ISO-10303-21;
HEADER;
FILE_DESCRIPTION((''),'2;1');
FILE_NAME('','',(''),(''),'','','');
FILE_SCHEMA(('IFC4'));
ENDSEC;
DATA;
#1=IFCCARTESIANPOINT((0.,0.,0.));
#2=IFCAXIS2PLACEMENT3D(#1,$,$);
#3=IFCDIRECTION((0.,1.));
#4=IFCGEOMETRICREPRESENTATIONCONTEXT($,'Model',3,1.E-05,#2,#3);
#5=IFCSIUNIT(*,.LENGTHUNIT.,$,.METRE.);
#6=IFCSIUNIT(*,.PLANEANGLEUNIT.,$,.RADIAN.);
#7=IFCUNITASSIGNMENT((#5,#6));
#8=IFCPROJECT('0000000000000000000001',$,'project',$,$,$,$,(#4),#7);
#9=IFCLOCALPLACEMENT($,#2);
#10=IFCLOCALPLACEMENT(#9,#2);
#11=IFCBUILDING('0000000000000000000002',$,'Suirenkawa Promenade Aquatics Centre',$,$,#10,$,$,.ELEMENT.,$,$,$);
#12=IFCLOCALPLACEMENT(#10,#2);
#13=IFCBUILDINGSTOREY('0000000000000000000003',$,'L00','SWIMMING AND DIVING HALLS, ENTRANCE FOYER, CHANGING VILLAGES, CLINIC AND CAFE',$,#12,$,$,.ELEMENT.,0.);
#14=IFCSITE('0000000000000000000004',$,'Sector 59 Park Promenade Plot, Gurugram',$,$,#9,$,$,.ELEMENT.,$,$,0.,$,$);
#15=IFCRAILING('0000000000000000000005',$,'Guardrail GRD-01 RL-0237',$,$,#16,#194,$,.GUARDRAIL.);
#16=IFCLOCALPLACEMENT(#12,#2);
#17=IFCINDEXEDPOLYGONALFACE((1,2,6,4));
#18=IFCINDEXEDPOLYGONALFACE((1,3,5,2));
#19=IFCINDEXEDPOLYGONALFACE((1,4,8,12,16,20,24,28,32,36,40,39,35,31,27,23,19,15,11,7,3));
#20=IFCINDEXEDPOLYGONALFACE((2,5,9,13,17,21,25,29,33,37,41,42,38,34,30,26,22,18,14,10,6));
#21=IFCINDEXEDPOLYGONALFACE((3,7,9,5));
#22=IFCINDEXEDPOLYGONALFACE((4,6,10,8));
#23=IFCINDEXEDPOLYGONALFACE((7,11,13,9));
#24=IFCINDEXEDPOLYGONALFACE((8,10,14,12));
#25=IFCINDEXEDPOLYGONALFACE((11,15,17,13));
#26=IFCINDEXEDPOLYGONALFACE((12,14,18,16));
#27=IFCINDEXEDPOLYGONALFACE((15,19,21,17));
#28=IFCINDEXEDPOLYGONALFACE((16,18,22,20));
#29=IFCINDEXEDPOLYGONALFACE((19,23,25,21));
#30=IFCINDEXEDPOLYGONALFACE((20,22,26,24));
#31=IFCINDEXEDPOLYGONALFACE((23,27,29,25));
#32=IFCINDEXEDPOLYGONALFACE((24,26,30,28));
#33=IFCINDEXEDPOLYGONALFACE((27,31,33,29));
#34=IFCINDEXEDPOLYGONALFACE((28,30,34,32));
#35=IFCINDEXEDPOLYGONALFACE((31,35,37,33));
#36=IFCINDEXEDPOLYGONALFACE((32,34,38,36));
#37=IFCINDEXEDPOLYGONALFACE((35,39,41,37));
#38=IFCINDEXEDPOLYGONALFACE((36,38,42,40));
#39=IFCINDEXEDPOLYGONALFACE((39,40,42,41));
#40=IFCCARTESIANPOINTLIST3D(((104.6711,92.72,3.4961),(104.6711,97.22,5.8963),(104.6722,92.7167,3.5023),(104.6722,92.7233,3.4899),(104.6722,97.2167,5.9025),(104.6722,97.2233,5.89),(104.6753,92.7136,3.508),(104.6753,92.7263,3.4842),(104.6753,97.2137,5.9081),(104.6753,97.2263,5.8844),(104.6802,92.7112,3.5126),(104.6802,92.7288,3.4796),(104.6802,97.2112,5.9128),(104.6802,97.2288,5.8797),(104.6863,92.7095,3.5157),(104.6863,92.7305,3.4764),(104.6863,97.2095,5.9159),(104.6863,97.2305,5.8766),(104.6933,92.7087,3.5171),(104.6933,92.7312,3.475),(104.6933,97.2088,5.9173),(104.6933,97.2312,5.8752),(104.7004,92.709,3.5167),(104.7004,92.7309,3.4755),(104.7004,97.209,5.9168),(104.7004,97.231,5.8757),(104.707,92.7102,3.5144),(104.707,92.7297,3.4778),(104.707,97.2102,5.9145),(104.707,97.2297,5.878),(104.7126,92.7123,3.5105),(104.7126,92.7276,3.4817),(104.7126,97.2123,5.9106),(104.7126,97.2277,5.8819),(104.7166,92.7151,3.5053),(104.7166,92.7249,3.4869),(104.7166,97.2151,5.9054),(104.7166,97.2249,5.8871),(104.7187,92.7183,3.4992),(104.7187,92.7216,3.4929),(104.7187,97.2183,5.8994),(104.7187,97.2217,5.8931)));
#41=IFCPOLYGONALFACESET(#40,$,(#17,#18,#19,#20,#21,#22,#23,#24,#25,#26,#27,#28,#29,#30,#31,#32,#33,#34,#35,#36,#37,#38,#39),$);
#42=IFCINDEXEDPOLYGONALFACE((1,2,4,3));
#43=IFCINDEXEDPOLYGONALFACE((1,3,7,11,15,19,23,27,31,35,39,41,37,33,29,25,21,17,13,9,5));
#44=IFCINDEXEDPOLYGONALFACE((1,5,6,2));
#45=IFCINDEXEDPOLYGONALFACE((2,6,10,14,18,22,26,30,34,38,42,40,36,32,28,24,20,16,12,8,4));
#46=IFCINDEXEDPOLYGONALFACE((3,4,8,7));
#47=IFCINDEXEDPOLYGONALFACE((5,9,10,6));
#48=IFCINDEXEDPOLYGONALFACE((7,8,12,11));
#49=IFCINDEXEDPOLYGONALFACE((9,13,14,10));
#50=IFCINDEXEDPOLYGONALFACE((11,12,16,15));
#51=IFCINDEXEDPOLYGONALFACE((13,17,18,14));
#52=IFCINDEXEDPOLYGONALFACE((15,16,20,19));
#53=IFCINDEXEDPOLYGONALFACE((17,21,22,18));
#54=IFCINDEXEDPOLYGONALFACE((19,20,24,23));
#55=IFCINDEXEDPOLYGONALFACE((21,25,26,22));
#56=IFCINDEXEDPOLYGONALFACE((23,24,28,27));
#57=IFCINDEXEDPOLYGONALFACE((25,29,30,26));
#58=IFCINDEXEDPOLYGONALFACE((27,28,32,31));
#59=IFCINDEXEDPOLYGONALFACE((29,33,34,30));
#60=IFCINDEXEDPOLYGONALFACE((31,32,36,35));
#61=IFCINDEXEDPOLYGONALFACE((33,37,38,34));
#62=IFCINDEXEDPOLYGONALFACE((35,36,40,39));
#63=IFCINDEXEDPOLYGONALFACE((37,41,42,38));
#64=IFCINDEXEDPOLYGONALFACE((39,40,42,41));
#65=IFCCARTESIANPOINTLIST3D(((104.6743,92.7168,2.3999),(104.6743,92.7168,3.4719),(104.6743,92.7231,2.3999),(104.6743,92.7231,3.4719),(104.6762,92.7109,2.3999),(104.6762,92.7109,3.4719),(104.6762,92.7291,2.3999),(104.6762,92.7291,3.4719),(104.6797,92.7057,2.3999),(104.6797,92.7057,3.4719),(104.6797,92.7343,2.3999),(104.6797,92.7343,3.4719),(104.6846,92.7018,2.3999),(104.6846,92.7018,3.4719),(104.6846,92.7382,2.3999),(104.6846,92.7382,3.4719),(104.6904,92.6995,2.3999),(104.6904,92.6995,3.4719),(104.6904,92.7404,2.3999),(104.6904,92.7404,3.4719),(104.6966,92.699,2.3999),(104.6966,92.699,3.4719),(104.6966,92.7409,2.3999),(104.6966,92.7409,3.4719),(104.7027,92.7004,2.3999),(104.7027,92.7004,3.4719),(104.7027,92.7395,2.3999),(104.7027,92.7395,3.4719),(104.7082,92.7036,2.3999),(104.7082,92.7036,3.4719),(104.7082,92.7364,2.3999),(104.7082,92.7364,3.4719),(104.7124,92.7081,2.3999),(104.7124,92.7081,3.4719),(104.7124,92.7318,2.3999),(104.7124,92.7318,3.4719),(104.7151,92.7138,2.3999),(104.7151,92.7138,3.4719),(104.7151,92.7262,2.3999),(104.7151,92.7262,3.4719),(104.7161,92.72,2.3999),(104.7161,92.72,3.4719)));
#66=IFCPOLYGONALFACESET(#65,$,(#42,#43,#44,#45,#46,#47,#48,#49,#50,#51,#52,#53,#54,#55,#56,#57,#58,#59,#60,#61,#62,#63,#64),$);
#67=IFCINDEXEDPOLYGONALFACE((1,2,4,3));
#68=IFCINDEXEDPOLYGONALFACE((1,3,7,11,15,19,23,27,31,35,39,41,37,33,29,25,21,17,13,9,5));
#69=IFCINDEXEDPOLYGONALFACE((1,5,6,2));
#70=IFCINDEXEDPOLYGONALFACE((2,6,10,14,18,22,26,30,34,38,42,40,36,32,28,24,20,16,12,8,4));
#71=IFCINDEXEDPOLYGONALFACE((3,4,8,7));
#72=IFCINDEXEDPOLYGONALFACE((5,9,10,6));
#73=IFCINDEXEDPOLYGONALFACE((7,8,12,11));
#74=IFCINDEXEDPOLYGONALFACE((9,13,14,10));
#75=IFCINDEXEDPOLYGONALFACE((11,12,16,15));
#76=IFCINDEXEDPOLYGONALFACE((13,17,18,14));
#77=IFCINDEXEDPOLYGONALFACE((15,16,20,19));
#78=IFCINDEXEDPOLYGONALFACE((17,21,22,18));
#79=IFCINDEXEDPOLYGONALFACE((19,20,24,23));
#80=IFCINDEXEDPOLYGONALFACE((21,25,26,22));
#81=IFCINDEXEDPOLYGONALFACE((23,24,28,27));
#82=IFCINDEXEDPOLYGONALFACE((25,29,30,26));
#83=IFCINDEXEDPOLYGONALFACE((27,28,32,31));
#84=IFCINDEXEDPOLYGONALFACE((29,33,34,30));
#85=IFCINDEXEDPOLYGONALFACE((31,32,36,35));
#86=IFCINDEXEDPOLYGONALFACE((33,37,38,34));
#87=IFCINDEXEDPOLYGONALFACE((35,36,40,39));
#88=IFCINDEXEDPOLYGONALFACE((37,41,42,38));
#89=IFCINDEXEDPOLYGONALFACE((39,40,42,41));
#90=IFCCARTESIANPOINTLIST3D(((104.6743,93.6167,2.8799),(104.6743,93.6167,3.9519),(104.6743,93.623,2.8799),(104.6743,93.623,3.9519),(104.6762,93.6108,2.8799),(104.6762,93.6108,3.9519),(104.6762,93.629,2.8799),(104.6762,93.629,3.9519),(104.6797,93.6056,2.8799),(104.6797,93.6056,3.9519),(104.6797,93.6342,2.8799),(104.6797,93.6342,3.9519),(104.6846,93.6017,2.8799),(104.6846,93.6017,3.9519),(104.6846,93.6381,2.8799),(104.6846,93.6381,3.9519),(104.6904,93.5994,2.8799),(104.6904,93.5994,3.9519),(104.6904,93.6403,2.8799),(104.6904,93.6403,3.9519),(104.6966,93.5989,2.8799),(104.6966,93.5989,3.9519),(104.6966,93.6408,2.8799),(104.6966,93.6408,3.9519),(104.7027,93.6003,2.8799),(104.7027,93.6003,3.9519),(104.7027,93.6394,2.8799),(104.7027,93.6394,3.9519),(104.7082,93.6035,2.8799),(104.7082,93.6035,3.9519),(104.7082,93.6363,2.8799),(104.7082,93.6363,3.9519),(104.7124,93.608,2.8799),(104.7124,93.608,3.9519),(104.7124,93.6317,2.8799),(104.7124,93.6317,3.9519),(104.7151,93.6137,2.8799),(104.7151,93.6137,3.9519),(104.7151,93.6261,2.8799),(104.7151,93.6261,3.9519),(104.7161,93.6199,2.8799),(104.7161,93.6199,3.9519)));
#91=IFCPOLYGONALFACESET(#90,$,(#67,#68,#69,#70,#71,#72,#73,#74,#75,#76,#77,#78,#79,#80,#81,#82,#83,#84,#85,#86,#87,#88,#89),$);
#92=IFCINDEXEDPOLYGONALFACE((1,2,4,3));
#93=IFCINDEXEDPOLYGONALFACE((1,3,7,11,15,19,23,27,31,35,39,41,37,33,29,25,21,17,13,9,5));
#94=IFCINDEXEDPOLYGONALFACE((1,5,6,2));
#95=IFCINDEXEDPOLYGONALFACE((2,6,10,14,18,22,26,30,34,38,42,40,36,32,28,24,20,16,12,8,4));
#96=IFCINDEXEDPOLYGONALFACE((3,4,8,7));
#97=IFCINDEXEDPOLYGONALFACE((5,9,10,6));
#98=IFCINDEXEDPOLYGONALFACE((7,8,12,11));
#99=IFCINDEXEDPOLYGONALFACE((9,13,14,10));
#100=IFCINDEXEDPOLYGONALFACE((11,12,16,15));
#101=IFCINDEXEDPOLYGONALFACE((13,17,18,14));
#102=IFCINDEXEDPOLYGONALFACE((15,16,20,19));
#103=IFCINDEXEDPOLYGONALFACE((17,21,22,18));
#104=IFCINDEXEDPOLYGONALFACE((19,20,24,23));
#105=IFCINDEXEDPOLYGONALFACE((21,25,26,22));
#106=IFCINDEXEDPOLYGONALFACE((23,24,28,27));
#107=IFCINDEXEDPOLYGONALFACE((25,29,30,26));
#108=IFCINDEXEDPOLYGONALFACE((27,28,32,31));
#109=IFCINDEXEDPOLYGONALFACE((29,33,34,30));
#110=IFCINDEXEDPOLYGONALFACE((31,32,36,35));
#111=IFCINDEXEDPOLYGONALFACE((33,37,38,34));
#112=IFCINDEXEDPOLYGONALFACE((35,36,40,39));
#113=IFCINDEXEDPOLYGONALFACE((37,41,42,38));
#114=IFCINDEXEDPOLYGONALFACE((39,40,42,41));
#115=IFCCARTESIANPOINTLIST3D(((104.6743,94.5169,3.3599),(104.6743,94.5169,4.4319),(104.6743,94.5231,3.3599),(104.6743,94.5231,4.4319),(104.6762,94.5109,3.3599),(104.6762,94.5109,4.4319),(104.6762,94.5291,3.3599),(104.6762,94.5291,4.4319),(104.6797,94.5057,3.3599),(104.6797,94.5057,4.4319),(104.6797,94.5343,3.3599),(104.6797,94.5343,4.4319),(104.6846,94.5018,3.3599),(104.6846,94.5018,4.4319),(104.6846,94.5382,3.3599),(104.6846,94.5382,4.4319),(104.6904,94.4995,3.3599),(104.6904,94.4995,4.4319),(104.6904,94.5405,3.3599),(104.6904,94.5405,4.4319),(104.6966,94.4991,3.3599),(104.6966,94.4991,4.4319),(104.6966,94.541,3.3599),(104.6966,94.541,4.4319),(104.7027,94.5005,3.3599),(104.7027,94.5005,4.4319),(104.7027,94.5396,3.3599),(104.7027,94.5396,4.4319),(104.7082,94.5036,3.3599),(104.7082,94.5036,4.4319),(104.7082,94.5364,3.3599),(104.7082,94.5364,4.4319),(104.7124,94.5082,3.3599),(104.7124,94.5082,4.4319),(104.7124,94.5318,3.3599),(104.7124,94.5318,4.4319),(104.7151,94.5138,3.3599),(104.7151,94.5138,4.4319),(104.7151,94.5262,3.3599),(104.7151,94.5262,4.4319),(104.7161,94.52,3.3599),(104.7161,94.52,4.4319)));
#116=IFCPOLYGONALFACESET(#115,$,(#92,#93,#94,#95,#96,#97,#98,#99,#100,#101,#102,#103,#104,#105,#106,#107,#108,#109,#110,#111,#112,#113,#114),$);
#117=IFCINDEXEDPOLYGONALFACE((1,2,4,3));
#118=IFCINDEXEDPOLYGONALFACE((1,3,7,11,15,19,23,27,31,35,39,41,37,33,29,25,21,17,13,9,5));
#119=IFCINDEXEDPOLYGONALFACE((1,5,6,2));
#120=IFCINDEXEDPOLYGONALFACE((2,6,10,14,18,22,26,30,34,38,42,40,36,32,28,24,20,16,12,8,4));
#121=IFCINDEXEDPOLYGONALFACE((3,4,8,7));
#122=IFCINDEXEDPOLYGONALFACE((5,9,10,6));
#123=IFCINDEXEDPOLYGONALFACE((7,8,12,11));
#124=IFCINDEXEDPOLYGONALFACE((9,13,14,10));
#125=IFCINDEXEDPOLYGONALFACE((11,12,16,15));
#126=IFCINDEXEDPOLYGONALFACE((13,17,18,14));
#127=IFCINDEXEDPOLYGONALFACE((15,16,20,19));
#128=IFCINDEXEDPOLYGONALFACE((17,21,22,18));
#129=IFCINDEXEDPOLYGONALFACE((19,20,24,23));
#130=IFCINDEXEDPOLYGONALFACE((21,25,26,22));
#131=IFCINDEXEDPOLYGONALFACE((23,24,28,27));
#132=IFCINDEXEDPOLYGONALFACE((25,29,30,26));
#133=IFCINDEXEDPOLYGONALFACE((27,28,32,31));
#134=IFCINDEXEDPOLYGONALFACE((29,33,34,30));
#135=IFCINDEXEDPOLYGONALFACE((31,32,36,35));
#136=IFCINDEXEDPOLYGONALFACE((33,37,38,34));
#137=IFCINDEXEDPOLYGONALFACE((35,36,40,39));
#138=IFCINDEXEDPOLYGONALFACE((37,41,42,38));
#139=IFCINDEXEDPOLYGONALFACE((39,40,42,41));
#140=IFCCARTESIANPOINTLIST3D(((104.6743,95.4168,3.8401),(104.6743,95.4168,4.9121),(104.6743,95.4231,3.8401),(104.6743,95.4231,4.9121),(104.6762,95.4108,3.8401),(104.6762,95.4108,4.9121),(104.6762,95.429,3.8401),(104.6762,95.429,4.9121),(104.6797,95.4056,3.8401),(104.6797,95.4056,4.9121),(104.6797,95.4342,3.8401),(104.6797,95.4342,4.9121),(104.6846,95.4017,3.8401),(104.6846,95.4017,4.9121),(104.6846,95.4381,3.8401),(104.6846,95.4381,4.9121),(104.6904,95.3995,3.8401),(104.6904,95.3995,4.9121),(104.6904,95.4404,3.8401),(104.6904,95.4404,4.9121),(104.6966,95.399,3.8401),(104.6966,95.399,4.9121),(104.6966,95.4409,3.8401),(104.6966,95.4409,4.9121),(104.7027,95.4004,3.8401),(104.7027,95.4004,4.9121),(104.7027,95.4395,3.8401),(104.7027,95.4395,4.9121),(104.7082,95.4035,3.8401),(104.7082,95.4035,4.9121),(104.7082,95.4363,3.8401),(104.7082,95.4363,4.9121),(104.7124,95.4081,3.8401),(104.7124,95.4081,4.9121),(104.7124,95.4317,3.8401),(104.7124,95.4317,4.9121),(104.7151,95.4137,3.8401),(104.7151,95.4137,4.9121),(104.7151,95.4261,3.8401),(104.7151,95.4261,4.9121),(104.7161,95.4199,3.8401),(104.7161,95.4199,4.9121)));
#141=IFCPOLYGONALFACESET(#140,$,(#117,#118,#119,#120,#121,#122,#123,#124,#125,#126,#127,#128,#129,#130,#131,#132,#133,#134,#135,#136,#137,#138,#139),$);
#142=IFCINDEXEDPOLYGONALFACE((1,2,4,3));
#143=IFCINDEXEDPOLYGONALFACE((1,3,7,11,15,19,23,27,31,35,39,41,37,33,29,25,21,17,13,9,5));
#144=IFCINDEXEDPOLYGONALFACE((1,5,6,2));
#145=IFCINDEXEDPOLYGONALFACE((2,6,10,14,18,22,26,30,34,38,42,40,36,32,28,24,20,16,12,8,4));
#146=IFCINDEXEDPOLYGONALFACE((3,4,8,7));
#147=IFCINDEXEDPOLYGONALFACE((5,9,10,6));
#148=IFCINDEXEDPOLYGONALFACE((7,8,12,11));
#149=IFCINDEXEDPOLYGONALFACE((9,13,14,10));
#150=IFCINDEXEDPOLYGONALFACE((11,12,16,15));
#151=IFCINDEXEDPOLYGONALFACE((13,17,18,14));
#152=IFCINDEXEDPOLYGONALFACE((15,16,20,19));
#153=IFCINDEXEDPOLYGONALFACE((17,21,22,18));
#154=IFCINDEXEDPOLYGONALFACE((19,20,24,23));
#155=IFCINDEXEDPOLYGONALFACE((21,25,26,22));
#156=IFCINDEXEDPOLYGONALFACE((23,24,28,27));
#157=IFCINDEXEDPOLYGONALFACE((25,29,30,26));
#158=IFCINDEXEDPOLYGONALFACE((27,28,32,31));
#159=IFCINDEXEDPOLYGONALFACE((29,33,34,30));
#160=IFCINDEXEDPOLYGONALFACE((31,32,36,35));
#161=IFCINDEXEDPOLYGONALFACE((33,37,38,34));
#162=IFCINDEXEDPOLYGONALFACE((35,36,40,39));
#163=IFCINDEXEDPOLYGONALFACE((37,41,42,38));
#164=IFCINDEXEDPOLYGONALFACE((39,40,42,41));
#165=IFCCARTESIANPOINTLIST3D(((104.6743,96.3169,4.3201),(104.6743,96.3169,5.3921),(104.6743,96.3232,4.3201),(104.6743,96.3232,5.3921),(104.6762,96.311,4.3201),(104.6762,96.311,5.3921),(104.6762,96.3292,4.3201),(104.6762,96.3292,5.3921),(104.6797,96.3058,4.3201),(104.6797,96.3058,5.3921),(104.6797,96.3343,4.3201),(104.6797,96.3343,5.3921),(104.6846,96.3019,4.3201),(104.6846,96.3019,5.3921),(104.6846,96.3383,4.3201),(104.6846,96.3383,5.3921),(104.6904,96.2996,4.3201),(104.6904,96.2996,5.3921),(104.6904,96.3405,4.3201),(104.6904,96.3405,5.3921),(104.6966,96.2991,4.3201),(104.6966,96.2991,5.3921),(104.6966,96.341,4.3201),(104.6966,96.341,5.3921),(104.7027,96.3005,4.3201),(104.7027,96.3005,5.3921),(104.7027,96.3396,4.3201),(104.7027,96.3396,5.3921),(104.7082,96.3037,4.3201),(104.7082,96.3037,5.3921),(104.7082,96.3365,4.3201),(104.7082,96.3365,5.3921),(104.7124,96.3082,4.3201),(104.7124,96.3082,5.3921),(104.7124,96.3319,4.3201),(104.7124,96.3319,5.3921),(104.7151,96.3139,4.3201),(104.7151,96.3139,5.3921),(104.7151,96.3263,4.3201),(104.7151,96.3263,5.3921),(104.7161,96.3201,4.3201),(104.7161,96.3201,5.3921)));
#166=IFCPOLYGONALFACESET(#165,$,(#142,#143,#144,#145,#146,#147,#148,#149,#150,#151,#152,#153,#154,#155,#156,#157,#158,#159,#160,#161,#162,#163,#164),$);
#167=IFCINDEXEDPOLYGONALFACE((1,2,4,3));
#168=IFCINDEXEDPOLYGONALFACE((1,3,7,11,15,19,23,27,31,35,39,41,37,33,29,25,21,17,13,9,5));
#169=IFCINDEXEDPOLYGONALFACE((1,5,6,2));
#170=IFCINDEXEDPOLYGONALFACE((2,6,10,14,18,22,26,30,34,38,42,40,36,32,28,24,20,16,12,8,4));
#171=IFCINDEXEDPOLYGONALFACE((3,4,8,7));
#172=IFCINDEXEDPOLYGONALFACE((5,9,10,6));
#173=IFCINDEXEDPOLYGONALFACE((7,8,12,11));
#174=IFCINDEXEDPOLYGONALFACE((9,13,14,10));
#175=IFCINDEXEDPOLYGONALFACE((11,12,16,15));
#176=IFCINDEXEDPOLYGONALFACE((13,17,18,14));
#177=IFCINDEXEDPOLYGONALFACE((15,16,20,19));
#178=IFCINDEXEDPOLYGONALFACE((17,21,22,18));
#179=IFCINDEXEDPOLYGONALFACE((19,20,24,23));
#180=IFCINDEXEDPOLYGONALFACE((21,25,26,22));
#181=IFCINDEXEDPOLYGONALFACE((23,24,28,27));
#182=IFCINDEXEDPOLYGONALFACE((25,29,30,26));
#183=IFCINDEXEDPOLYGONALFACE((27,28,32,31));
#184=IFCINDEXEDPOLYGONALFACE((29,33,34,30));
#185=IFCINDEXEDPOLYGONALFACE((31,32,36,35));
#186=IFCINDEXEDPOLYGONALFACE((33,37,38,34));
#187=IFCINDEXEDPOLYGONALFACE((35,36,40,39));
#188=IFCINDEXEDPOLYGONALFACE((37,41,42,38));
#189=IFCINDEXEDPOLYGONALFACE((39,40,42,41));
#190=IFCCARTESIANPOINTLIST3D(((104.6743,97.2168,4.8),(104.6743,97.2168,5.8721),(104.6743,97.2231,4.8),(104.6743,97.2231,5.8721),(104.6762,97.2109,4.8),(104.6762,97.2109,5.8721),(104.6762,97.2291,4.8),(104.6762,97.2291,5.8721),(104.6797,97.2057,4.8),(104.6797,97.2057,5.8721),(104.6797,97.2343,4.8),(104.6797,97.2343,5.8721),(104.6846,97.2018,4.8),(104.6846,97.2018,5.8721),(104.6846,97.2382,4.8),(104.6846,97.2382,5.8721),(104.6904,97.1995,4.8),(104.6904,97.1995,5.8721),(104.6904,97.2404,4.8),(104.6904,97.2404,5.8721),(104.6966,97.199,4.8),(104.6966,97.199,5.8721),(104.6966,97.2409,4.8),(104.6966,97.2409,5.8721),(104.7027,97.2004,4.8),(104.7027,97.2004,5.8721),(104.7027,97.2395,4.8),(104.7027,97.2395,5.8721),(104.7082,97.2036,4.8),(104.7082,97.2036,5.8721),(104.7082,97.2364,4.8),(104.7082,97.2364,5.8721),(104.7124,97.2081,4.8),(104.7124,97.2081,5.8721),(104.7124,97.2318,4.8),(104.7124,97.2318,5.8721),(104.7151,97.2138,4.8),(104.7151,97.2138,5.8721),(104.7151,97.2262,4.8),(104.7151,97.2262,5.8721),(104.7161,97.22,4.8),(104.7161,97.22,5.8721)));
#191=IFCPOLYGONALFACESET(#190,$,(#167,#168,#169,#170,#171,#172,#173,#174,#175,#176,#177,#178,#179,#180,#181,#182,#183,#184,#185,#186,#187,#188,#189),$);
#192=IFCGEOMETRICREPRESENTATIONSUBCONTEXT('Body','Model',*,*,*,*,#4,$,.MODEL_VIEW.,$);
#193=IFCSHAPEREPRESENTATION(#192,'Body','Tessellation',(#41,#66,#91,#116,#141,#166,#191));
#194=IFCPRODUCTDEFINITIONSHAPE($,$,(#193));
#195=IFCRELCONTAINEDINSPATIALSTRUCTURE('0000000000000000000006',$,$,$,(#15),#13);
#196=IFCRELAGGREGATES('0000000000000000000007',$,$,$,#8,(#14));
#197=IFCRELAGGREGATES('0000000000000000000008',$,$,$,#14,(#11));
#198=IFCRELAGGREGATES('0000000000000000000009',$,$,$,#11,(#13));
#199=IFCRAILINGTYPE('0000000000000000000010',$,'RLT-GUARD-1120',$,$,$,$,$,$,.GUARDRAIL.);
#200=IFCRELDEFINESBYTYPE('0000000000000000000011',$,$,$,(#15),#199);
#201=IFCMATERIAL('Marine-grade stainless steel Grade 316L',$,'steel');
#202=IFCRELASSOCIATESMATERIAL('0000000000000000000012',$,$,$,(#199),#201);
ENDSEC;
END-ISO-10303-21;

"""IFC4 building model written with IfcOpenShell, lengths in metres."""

from ifc_helpers import new_model, si_unit, direction, frame, origin, origin_2d, place, context, subcontext, project, spatial, circle, extrude, material, type_object, element, save


model = new_model("IFC4")

# Units and contexts
model_context = context("Model", 3, precision=1e-05, world=origin(), true_north=direction((0.0, 1.0)))
body_context = subcontext(model_context, "Body", "Model", "MODEL_VIEW")
ifc_project = project(units=[si_unit("LENGTHUNIT", "METRE"), si_unit("PLANEANGLEUNIT", "RADIAN")], contexts=[model_context])

# Site, building, storey
site_placement = place(None, origin())
site = spatial("IfcSite", under=ifc_project, at=site_placement, Name="Sector 59 Park Promenade Plot, Gurugram", CompositionType="ELEMENT", RefElevation=0.0)
building_placement = place(site_placement, origin())
building = spatial("IfcBuilding", under=site, at=building_placement, Name="Suirenkawa Promenade Aquatics Centre", CompositionType="ELEMENT")
storey_placement = place(building_placement, origin())
storey = spatial("IfcBuildingStorey", under=building, at=storey_placement, Name="L00", Description="SWIMMING AND DIVING HALLS, ENTRANCE FOYER, CHANGING VILLAGES, CLINIC AND CAFE", CompositionType="ELEMENT", Elevation=0.0)

# Railing
ifc_material_1 = material(Name="Marine-grade stainless steel Grade 316L", Category="steel")
railing_type_1 = type_object("IfcRailingType", Name="RLT-GUARD-1120", PredefinedType="GUARDRAIL", material=ifc_material_1)
for number, where, name in (
    (1, (104.6951, 92.72, 2.3999), "Guardrail GRD-01 RL-0237"),
):
    element("IfcRailing", number, at=place(storey_placement, frame(where)), inside=storey, type_object=railing_type_1, Name=name, PredefinedType="GUARDRAIL", context=body_context, shape_type="SweptSolid", body=[
        extrude(circle(Radius=0.0239, at=origin_2d()), frame((0.0, 0.0, 1.0962), z_axis=(0.0, 0.882341, 0.470611), x_axis=(-1.0, 0.0, 0.0)), (0.0, 0.0, 1.0), 5.1001),
        extrude(circle(Radius=0.021, at=origin_2d()), origin(), (0.0, 0.0, 1.0), 1.072),
        extrude(circle(Radius=0.021, at=origin_2d()), frame((0.0, 0.8999, 0.48)), (0.0, 0.0, 1.0), 1.072),
        extrude(circle(Radius=0.021, at=origin_2d()), frame((0.0, 1.8, 0.96)), (0.0, 0.0, 1.0), 1.072),
        extrude(circle(Radius=0.021, at=origin_2d()), frame((0.0, 2.7, 1.4402)), (0.0, 0.0, 1.0), 1.072),
        extrude(circle(Radius=0.021, at=origin_2d()), frame((0.0, 3.6001, 1.9202)), (0.0, 0.0, 1.0), 1.072),
        extrude(circle(Radius=0.021, at=origin_2d()), frame((0.0, 4.5, 2.4001)), (0.0, 0.0, 1.0), 1.072),
    ])

save(model, "model.ifc")
